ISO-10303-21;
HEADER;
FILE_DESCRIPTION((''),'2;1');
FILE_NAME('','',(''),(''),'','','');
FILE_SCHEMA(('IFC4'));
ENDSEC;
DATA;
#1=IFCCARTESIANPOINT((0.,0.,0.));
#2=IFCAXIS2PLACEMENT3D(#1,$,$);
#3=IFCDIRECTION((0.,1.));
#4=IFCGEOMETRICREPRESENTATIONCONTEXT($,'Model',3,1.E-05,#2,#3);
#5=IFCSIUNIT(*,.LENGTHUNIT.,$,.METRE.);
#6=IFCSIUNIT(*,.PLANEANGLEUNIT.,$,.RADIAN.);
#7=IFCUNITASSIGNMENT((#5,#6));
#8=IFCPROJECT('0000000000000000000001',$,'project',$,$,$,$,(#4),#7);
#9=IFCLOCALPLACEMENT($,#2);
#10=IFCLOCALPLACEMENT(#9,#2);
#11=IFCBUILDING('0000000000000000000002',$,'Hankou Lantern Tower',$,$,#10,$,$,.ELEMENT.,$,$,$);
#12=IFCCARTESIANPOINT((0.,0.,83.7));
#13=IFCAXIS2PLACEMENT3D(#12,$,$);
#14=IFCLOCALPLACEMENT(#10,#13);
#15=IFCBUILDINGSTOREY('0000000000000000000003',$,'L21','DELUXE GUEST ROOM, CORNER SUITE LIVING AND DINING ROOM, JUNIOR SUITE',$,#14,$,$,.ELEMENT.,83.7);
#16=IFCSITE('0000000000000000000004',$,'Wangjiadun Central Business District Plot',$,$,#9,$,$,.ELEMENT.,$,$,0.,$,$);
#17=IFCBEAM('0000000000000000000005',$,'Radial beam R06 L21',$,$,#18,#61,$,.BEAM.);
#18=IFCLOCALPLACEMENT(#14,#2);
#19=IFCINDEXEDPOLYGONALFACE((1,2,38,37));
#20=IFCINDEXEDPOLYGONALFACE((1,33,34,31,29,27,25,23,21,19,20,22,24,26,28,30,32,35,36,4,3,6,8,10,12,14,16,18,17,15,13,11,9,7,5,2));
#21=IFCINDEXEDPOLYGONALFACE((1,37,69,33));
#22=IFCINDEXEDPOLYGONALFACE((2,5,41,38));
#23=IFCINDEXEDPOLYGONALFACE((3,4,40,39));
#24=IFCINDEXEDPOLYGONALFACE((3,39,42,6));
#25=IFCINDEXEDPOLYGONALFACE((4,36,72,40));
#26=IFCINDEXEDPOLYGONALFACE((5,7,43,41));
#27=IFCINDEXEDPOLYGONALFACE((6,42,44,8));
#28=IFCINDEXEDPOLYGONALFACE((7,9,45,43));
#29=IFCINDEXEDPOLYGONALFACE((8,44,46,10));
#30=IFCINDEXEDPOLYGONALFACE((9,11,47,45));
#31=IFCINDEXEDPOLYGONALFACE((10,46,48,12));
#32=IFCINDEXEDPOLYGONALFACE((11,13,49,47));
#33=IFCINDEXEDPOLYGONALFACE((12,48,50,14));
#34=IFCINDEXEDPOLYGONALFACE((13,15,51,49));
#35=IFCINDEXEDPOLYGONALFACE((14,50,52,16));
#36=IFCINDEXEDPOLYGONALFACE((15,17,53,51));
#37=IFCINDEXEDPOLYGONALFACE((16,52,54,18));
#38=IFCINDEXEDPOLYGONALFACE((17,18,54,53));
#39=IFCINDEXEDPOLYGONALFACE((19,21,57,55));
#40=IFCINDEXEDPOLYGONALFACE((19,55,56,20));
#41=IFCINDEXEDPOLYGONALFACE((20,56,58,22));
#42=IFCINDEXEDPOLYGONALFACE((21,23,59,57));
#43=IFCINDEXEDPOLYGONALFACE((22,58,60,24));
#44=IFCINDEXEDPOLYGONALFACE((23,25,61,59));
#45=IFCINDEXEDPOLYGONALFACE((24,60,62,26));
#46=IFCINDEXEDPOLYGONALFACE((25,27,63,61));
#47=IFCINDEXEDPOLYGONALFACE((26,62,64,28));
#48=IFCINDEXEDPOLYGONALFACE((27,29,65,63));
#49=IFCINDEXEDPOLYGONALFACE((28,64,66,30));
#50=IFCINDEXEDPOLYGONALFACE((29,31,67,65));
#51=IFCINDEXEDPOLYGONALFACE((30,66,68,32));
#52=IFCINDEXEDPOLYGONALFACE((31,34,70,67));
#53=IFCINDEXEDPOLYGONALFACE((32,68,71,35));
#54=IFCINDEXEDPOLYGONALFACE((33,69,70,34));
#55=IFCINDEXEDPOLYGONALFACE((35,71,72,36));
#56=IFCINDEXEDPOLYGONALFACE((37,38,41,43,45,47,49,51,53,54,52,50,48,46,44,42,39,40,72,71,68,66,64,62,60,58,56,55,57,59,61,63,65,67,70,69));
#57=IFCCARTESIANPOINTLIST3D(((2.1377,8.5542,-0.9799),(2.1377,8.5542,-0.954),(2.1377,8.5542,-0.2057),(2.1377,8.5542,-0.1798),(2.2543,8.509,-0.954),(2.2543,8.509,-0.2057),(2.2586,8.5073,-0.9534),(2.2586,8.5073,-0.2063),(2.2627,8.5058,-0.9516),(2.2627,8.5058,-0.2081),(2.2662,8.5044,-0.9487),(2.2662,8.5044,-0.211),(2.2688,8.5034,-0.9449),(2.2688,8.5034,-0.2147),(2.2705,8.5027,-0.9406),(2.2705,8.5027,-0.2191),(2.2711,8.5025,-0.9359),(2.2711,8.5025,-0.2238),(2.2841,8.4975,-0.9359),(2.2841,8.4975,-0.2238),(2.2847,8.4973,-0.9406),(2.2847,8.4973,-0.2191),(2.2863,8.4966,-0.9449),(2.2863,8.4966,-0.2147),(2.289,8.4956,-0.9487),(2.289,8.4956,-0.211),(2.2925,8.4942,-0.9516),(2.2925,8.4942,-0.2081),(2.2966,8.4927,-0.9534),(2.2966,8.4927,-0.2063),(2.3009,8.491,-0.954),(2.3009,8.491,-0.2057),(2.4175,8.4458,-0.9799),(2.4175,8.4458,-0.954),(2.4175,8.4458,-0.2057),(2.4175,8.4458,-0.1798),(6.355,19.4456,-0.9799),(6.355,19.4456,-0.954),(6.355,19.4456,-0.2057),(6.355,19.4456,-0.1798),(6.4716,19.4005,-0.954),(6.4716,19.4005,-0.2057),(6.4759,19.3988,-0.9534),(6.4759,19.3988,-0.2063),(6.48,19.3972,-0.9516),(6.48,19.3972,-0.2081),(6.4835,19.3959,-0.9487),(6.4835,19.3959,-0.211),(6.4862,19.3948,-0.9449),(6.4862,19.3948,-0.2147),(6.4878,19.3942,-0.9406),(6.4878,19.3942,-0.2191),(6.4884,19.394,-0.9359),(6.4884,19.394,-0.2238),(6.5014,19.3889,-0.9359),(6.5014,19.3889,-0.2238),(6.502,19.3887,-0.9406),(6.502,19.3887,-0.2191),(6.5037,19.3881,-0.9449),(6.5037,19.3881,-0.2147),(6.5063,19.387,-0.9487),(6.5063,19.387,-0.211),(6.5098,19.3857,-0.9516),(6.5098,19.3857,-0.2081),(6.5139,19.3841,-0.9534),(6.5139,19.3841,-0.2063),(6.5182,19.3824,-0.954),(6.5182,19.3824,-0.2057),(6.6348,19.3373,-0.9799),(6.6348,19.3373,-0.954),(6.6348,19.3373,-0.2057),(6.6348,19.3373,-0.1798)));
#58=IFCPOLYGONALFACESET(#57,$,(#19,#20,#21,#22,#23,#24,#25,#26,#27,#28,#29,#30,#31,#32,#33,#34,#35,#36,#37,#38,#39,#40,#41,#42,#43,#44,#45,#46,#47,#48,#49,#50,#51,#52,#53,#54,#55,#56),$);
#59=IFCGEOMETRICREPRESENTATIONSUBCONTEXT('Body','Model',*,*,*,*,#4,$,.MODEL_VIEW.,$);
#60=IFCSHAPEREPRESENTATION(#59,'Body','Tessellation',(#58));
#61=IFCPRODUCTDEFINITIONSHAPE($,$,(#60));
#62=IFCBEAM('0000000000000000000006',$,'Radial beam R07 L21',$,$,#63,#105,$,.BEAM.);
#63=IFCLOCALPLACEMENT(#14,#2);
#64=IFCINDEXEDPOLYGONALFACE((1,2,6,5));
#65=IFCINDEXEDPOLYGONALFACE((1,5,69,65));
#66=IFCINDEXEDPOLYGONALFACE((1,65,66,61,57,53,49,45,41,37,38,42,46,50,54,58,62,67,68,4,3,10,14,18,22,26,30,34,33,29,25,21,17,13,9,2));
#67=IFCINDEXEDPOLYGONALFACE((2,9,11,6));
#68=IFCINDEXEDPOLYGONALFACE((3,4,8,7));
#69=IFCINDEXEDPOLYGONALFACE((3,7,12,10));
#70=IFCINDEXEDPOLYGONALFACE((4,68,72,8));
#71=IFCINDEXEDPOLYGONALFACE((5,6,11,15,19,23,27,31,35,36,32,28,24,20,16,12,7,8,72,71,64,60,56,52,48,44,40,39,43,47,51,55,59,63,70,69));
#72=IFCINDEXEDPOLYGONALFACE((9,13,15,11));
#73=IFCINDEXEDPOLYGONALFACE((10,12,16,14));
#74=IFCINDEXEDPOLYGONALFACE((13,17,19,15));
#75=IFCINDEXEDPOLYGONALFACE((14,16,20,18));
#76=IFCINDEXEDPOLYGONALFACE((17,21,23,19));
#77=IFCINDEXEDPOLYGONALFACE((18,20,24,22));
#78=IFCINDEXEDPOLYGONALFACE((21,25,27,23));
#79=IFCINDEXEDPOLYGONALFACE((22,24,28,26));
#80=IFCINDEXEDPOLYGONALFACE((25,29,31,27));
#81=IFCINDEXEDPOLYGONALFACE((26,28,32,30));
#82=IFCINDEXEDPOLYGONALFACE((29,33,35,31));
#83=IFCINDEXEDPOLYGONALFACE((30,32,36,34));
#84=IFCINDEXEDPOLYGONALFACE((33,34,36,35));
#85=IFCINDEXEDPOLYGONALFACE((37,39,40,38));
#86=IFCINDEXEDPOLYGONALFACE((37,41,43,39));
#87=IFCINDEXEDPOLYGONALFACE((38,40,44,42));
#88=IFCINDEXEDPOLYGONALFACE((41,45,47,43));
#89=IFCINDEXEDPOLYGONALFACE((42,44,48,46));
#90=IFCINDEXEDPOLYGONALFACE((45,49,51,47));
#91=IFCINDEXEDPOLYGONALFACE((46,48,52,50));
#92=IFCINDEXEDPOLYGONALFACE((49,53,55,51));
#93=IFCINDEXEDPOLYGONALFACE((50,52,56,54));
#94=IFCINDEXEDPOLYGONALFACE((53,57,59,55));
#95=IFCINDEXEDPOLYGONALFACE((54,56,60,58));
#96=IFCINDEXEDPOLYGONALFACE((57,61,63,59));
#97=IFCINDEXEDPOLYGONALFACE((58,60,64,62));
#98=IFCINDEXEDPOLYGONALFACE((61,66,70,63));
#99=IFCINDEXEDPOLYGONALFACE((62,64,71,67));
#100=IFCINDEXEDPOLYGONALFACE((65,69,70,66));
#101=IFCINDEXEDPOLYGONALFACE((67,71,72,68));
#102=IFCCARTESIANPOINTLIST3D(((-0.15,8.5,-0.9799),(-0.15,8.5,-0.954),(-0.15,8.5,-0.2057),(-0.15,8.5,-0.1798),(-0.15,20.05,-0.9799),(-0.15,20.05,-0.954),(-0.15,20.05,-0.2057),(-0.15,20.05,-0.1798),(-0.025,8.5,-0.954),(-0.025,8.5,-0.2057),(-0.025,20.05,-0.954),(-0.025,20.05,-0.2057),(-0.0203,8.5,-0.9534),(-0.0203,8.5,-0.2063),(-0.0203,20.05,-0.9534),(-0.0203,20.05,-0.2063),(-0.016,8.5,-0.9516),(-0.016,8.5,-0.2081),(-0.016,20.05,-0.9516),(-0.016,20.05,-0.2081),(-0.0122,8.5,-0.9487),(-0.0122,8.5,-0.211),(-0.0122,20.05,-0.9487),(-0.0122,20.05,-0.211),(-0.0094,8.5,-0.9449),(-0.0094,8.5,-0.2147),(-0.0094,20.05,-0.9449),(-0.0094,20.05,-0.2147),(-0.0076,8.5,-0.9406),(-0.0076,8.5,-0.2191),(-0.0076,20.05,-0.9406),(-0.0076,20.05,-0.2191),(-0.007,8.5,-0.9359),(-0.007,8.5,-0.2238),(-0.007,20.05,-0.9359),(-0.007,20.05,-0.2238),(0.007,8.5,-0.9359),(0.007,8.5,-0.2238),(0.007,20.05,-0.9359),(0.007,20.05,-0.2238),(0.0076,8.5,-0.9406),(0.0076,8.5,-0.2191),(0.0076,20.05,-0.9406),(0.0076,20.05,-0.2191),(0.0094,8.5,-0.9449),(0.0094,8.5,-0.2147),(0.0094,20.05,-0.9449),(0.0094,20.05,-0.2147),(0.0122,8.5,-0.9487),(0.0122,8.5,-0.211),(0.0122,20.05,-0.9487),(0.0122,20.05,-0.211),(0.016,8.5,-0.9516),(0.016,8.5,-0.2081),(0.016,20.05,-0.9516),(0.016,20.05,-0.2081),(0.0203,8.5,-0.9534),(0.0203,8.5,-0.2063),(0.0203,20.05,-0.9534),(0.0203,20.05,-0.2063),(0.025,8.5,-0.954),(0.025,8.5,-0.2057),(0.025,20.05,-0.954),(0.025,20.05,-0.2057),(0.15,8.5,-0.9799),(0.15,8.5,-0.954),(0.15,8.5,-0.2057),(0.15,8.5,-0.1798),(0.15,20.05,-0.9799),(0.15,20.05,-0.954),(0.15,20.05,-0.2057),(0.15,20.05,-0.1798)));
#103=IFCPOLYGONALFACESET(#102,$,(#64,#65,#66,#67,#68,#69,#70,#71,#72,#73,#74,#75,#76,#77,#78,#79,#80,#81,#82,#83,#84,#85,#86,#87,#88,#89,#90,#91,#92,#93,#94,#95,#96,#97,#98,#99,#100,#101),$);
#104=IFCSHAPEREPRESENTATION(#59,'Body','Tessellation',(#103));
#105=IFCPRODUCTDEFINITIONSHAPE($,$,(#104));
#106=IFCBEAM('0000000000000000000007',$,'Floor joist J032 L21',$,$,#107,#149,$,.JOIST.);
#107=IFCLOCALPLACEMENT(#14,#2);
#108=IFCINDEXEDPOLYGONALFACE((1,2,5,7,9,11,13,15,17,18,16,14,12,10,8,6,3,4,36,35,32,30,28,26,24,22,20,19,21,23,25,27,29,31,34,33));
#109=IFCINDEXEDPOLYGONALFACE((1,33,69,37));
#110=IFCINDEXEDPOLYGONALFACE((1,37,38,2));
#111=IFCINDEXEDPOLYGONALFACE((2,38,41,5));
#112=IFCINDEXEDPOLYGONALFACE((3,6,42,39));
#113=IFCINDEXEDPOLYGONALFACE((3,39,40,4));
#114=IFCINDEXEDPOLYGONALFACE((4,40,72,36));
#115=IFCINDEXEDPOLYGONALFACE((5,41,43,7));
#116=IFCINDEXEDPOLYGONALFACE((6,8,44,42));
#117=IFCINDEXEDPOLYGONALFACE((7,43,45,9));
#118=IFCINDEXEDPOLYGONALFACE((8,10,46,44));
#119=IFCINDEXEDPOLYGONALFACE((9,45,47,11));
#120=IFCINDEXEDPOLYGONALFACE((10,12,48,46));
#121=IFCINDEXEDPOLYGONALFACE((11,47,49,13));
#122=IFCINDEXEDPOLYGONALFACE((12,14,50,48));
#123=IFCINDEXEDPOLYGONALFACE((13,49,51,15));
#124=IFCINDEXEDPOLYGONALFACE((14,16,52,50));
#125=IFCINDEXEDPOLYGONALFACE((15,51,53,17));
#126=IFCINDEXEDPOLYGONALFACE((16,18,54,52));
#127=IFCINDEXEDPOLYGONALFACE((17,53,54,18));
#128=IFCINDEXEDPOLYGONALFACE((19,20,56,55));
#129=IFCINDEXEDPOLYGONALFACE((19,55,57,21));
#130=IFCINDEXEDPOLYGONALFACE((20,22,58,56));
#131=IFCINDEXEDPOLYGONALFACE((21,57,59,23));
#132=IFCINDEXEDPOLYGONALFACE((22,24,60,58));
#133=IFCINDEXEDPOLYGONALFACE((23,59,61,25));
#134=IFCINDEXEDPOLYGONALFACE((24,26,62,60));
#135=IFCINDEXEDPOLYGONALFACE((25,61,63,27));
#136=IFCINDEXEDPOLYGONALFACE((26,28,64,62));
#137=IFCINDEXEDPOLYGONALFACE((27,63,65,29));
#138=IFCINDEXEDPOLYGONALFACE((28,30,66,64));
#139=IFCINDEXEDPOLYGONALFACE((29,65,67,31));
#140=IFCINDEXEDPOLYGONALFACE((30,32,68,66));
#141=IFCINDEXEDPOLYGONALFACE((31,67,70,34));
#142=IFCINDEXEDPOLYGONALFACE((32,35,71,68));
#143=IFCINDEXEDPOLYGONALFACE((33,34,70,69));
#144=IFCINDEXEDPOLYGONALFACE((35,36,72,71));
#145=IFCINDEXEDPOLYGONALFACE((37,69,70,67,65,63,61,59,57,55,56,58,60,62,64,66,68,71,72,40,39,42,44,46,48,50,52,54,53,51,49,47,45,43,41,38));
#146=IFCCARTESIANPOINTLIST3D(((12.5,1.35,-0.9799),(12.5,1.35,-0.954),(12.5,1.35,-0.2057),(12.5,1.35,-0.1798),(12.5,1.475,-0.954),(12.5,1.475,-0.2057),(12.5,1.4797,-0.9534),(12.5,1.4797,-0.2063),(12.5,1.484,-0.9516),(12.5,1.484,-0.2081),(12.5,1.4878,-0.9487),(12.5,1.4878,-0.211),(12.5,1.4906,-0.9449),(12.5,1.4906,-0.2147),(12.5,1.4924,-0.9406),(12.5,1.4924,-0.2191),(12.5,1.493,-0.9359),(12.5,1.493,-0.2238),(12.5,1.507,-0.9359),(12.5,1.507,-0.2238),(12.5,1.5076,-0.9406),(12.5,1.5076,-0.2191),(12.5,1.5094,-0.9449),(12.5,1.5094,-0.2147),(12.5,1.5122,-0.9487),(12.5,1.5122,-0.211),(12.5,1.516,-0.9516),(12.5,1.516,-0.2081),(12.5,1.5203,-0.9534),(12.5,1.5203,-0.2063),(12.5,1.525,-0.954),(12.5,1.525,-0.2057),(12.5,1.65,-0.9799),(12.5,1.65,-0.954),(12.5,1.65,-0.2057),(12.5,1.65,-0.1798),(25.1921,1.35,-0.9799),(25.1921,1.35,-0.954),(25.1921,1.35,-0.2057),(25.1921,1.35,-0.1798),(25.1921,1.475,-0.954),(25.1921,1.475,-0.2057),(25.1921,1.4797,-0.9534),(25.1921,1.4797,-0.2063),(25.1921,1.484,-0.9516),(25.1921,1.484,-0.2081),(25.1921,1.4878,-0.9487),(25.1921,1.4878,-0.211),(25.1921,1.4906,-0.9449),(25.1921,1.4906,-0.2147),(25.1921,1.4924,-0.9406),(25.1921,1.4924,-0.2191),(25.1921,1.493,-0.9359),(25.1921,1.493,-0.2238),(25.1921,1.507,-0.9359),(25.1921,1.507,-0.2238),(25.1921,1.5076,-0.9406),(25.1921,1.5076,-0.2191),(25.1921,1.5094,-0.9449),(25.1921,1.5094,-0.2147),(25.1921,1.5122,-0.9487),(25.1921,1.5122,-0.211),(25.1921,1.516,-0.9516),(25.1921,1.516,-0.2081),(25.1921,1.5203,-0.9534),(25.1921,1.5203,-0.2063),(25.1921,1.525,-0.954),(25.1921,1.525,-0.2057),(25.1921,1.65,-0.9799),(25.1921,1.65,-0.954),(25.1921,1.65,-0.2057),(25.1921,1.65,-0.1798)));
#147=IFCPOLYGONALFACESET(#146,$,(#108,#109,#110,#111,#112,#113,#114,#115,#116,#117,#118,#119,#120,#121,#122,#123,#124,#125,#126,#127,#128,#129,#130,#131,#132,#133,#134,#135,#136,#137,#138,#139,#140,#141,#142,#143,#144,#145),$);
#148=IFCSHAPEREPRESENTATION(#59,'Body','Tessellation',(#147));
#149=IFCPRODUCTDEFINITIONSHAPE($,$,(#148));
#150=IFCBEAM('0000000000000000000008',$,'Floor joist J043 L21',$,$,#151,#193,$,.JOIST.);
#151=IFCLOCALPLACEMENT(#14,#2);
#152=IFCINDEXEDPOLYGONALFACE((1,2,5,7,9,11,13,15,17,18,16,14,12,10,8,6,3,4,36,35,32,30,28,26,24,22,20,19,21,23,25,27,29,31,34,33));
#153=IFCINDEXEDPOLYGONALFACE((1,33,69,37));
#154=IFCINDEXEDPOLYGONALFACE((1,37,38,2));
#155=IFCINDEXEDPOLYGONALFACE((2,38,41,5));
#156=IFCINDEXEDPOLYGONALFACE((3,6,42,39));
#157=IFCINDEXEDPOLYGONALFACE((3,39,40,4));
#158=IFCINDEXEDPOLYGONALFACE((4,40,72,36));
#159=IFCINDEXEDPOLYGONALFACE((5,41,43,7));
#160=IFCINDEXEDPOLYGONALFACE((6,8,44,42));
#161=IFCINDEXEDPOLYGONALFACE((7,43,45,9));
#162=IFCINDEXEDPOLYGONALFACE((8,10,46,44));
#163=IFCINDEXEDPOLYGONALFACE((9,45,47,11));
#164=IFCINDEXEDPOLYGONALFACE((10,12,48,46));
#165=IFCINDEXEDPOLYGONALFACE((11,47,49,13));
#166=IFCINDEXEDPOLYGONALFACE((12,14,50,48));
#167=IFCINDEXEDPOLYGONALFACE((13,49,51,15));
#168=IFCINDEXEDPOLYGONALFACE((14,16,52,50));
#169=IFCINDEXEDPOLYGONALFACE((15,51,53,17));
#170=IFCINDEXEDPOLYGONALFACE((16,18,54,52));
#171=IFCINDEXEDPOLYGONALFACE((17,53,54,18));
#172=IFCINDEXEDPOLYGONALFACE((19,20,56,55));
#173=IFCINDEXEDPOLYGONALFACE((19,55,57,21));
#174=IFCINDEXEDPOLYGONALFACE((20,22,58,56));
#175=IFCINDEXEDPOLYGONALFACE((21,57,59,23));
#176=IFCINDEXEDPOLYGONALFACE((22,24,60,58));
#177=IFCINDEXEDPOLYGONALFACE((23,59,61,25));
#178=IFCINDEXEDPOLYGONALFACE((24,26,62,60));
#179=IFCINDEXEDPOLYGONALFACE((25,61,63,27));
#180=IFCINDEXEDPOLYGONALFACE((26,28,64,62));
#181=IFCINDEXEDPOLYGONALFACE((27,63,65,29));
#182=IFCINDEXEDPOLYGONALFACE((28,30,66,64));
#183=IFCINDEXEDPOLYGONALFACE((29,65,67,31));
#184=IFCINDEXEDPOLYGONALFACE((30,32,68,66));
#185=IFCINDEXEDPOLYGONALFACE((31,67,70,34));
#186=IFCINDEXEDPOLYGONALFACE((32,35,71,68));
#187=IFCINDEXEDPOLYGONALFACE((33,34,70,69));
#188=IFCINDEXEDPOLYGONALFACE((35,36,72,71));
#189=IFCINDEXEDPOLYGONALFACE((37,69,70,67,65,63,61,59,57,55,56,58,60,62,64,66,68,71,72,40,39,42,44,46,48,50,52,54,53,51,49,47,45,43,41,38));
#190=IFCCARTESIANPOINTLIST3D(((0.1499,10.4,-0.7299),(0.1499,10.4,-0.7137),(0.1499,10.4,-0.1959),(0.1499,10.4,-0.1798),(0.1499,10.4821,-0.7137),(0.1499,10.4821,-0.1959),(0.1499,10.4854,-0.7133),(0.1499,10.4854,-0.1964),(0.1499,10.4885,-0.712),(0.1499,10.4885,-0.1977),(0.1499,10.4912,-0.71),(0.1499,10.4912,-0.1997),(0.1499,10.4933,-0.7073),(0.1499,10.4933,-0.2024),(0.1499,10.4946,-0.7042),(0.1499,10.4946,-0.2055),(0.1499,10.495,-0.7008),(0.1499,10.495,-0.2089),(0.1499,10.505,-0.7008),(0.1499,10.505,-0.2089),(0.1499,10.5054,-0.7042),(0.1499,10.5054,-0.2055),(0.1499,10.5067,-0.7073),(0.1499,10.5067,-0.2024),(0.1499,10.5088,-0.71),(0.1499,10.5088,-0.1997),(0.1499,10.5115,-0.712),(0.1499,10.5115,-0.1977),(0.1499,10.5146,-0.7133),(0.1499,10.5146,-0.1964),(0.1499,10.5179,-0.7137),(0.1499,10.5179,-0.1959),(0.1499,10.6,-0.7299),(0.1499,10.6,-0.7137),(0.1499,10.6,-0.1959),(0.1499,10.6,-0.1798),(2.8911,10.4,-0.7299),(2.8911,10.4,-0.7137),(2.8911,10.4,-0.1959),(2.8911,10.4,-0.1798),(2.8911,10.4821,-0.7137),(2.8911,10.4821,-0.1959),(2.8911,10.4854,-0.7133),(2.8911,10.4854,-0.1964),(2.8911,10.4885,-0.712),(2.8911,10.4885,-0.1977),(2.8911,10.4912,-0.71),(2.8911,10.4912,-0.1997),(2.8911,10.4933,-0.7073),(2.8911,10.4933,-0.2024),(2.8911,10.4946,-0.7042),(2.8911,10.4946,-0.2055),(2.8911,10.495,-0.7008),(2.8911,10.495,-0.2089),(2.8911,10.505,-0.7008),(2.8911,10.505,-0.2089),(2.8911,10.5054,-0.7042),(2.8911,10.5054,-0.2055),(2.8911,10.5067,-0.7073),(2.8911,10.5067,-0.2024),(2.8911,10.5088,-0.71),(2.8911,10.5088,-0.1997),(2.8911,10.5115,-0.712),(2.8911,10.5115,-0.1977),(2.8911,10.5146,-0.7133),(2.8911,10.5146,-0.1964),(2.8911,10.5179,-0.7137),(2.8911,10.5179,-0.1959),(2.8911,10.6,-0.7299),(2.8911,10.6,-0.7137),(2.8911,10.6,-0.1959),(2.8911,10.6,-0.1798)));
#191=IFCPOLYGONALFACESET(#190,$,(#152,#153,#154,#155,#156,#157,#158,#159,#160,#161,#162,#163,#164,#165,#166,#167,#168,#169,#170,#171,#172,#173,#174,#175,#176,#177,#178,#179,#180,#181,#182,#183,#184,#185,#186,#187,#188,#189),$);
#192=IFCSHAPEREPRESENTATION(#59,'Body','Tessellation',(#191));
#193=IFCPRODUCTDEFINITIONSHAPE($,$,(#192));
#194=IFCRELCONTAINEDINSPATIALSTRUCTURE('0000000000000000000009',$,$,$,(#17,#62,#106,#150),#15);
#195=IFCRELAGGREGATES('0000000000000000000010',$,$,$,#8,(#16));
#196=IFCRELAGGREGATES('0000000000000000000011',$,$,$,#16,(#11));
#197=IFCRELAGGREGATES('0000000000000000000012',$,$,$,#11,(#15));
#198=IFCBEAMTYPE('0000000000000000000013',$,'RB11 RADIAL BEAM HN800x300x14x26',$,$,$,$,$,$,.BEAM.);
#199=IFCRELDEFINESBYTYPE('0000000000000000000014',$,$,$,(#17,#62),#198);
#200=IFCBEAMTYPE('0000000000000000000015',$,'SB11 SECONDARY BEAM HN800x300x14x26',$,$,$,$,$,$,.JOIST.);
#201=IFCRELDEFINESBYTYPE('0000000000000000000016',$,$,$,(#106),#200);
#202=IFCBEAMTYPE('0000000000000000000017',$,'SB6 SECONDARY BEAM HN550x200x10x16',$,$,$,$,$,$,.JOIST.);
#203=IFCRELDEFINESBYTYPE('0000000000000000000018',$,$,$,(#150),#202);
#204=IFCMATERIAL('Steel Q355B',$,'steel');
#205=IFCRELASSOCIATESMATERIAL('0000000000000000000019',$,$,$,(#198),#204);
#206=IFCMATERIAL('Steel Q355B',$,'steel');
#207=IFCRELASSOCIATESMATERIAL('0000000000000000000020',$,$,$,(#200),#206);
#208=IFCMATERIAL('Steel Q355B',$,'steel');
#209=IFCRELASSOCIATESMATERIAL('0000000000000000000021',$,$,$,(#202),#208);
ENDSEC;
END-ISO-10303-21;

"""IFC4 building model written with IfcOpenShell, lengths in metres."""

from ifc_helpers import new_model, si_unit, direction, frame, origin, origin_2d, place, context, subcontext, project, spatial, i_section, extrude, material, material_profile, profile_set, type_object, element, save


model = new_model("IFC4")

# Units and contexts
model_context = context("Model", 3, precision=1e-05, world=origin(), true_north=direction((0.0, 1.0)))
body_context = subcontext(model_context, "Body", "Model", "MODEL_VIEW")
ifc_project = project(units=[si_unit("LENGTHUNIT", "METRE"), si_unit("PLANEANGLEUNIT", "RADIAN")], contexts=[model_context])

# Site, building, storey
site_placement = place(None, origin())
site = spatial("IfcSite", under=ifc_project, at=site_placement, Name="Wangjiadun Central Business District Plot", CompositionType="ELEMENT", RefElevation=0.0)
building_placement = place(site_placement, origin())
building = spatial("IfcBuilding", under=site, at=building_placement, Name="Hankou Lantern Tower", CompositionType="ELEMENT")
storey_placement = place(building_placement, frame((0.0, 0.0, 83.7)))
storey = spatial("IfcBuildingStorey", under=building, at=storey_placement, Name="L21", Description="DELUXE GUEST ROOM, CORNER SUITE LIVING AND DINING ROOM, JUNIOR SUITE", CompositionType="ELEMENT", Elevation=83.7)

# Beams
ifc_material_1 = material(Name="Steel Q355B", Category="steel")
ifc_material_profile_1 = material_profile(ifc_material_1, i_section(OverallWidth=0.3, OverallDepth=0.8, WebThickness=0.0139, FlangeThickness=0.0259, FilletRadius=0.0181, at=origin_2d()), Name="HN800x300x14x26")
ifc_profile_set_1 = profile_set([ifc_material_profile_1], Name="Steel Q355B")
beam_type_1 = type_object("IfcBeamType", Name="RB11 RADIAL BEAM HN800x300x14x26", PredefinedType="BEAM", material=ifc_profile_set_1)
beam_1_placement = place(storey_placement, frame((2.2776, 8.5, -0.5798), z_axis=(0.361089, 0.932531, 0.0), x_axis=(-0.932531, 0.361089, 0.0)))
element("IfcBeam", 1, at=beam_1_placement, inside=storey, type_object=beam_type_1, Name="Radial beam R06 L21", PredefinedType="BEAM", context=body_context, shape_type="SweptSolid", body=[
    extrude(i_section(OverallWidth=0.3, OverallDepth=0.8, WebThickness=0.0139, FlangeThickness=0.0259, FilletRadius=0.0181, at=origin_2d()), origin(), (0.0, 0.0, 1.0), 11.6794),
])
beam_2_placement = place(storey_placement, frame((0.0, 8.5, -0.5798), z_axis=(0.0, 1.0, 0.0), x_axis=(-1.0, 0.0, 0.0)))
element("IfcBeam", 2, at=beam_2_placement, inside=storey, type_object=beam_type_1, Name="Radial beam R07 L21", PredefinedType="BEAM", context=body_context, shape_type="SweptSolid", body=[
    extrude(i_section(OverallWidth=0.3, OverallDepth=0.8, WebThickness=0.0139, FlangeThickness=0.0259, FilletRadius=0.0181, at=origin_2d()), origin(), (0.0, 0.0, 1.0), 11.55),
])
ifc_material_2 = material(Name="Steel Q355B", Category="steel")
ifc_material_profile_2 = material_profile(ifc_material_2, i_section(OverallWidth=0.3, OverallDepth=0.8, WebThickness=0.0139, FlangeThickness=0.0259, FilletRadius=0.0181, at=origin_2d()), Name="HN800x300x14x26")
ifc_profile_set_2 = profile_set([ifc_material_profile_2], Name="Steel Q355B")
beam_type_2 = type_object("IfcBeamType", Name="SB11 SECONDARY BEAM HN800x300x14x26", PredefinedType="JOIST", material=ifc_profile_set_2)
beam_3_placement = place(storey_placement, frame((12.5, 1.5, -0.5798), z_axis=(1.0, 0.0, 0.0), x_axis=(0.0, 1.0, 0.0)))
element("IfcBeam", 3, at=beam_3_placement, inside=storey, type_object=beam_type_2, Name="Floor joist J032 L21", PredefinedType="JOIST", context=body_context, shape_type="SweptSolid", body=[
    extrude(i_section(OverallWidth=0.3, OverallDepth=0.8, WebThickness=0.0139, FlangeThickness=0.0259, FilletRadius=0.0181, at=origin_2d()), origin(), (0.0, 0.0, 1.0), 12.6921),
])
ifc_material_3 = material(Name="Steel Q355B", Category="steel")
ifc_material_profile_3 = material_profile(ifc_material_3, i_section(OverallWidth=0.2, OverallDepth=0.55, WebThickness=0.01, FlangeThickness=0.0161, FilletRadius=0.0129, at=origin_2d()), Name="HN550x200x10x16")
ifc_profile_set_3 = profile_set([ifc_material_profile_3], Name="Steel Q355B")
beam_type_3 = type_object("IfcBeamType", Name="SB6 SECONDARY BEAM HN550x200x10x16", PredefinedType="JOIST", material=ifc_profile_set_3)
beam_4_placement = place(storey_placement, frame((0.1499, 10.5, -0.4548), z_axis=(1.0, 0.0, 0.0), x_axis=(0.0, 1.0, 0.0)))
element("IfcBeam", 4, at=beam_4_placement, inside=storey, type_object=beam_type_3, Name="Floor joist J043 L21", PredefinedType="JOIST", context=body_context, shape_type="SweptSolid", body=[
    extrude(i_section(OverallWidth=0.2, OverallDepth=0.55, WebThickness=0.01, FlangeThickness=0.0161, FilletRadius=0.0129, at=origin_2d()), origin(), (0.0, 0.0, 1.0), 2.7412),
])

save(model, "model.ifc")
